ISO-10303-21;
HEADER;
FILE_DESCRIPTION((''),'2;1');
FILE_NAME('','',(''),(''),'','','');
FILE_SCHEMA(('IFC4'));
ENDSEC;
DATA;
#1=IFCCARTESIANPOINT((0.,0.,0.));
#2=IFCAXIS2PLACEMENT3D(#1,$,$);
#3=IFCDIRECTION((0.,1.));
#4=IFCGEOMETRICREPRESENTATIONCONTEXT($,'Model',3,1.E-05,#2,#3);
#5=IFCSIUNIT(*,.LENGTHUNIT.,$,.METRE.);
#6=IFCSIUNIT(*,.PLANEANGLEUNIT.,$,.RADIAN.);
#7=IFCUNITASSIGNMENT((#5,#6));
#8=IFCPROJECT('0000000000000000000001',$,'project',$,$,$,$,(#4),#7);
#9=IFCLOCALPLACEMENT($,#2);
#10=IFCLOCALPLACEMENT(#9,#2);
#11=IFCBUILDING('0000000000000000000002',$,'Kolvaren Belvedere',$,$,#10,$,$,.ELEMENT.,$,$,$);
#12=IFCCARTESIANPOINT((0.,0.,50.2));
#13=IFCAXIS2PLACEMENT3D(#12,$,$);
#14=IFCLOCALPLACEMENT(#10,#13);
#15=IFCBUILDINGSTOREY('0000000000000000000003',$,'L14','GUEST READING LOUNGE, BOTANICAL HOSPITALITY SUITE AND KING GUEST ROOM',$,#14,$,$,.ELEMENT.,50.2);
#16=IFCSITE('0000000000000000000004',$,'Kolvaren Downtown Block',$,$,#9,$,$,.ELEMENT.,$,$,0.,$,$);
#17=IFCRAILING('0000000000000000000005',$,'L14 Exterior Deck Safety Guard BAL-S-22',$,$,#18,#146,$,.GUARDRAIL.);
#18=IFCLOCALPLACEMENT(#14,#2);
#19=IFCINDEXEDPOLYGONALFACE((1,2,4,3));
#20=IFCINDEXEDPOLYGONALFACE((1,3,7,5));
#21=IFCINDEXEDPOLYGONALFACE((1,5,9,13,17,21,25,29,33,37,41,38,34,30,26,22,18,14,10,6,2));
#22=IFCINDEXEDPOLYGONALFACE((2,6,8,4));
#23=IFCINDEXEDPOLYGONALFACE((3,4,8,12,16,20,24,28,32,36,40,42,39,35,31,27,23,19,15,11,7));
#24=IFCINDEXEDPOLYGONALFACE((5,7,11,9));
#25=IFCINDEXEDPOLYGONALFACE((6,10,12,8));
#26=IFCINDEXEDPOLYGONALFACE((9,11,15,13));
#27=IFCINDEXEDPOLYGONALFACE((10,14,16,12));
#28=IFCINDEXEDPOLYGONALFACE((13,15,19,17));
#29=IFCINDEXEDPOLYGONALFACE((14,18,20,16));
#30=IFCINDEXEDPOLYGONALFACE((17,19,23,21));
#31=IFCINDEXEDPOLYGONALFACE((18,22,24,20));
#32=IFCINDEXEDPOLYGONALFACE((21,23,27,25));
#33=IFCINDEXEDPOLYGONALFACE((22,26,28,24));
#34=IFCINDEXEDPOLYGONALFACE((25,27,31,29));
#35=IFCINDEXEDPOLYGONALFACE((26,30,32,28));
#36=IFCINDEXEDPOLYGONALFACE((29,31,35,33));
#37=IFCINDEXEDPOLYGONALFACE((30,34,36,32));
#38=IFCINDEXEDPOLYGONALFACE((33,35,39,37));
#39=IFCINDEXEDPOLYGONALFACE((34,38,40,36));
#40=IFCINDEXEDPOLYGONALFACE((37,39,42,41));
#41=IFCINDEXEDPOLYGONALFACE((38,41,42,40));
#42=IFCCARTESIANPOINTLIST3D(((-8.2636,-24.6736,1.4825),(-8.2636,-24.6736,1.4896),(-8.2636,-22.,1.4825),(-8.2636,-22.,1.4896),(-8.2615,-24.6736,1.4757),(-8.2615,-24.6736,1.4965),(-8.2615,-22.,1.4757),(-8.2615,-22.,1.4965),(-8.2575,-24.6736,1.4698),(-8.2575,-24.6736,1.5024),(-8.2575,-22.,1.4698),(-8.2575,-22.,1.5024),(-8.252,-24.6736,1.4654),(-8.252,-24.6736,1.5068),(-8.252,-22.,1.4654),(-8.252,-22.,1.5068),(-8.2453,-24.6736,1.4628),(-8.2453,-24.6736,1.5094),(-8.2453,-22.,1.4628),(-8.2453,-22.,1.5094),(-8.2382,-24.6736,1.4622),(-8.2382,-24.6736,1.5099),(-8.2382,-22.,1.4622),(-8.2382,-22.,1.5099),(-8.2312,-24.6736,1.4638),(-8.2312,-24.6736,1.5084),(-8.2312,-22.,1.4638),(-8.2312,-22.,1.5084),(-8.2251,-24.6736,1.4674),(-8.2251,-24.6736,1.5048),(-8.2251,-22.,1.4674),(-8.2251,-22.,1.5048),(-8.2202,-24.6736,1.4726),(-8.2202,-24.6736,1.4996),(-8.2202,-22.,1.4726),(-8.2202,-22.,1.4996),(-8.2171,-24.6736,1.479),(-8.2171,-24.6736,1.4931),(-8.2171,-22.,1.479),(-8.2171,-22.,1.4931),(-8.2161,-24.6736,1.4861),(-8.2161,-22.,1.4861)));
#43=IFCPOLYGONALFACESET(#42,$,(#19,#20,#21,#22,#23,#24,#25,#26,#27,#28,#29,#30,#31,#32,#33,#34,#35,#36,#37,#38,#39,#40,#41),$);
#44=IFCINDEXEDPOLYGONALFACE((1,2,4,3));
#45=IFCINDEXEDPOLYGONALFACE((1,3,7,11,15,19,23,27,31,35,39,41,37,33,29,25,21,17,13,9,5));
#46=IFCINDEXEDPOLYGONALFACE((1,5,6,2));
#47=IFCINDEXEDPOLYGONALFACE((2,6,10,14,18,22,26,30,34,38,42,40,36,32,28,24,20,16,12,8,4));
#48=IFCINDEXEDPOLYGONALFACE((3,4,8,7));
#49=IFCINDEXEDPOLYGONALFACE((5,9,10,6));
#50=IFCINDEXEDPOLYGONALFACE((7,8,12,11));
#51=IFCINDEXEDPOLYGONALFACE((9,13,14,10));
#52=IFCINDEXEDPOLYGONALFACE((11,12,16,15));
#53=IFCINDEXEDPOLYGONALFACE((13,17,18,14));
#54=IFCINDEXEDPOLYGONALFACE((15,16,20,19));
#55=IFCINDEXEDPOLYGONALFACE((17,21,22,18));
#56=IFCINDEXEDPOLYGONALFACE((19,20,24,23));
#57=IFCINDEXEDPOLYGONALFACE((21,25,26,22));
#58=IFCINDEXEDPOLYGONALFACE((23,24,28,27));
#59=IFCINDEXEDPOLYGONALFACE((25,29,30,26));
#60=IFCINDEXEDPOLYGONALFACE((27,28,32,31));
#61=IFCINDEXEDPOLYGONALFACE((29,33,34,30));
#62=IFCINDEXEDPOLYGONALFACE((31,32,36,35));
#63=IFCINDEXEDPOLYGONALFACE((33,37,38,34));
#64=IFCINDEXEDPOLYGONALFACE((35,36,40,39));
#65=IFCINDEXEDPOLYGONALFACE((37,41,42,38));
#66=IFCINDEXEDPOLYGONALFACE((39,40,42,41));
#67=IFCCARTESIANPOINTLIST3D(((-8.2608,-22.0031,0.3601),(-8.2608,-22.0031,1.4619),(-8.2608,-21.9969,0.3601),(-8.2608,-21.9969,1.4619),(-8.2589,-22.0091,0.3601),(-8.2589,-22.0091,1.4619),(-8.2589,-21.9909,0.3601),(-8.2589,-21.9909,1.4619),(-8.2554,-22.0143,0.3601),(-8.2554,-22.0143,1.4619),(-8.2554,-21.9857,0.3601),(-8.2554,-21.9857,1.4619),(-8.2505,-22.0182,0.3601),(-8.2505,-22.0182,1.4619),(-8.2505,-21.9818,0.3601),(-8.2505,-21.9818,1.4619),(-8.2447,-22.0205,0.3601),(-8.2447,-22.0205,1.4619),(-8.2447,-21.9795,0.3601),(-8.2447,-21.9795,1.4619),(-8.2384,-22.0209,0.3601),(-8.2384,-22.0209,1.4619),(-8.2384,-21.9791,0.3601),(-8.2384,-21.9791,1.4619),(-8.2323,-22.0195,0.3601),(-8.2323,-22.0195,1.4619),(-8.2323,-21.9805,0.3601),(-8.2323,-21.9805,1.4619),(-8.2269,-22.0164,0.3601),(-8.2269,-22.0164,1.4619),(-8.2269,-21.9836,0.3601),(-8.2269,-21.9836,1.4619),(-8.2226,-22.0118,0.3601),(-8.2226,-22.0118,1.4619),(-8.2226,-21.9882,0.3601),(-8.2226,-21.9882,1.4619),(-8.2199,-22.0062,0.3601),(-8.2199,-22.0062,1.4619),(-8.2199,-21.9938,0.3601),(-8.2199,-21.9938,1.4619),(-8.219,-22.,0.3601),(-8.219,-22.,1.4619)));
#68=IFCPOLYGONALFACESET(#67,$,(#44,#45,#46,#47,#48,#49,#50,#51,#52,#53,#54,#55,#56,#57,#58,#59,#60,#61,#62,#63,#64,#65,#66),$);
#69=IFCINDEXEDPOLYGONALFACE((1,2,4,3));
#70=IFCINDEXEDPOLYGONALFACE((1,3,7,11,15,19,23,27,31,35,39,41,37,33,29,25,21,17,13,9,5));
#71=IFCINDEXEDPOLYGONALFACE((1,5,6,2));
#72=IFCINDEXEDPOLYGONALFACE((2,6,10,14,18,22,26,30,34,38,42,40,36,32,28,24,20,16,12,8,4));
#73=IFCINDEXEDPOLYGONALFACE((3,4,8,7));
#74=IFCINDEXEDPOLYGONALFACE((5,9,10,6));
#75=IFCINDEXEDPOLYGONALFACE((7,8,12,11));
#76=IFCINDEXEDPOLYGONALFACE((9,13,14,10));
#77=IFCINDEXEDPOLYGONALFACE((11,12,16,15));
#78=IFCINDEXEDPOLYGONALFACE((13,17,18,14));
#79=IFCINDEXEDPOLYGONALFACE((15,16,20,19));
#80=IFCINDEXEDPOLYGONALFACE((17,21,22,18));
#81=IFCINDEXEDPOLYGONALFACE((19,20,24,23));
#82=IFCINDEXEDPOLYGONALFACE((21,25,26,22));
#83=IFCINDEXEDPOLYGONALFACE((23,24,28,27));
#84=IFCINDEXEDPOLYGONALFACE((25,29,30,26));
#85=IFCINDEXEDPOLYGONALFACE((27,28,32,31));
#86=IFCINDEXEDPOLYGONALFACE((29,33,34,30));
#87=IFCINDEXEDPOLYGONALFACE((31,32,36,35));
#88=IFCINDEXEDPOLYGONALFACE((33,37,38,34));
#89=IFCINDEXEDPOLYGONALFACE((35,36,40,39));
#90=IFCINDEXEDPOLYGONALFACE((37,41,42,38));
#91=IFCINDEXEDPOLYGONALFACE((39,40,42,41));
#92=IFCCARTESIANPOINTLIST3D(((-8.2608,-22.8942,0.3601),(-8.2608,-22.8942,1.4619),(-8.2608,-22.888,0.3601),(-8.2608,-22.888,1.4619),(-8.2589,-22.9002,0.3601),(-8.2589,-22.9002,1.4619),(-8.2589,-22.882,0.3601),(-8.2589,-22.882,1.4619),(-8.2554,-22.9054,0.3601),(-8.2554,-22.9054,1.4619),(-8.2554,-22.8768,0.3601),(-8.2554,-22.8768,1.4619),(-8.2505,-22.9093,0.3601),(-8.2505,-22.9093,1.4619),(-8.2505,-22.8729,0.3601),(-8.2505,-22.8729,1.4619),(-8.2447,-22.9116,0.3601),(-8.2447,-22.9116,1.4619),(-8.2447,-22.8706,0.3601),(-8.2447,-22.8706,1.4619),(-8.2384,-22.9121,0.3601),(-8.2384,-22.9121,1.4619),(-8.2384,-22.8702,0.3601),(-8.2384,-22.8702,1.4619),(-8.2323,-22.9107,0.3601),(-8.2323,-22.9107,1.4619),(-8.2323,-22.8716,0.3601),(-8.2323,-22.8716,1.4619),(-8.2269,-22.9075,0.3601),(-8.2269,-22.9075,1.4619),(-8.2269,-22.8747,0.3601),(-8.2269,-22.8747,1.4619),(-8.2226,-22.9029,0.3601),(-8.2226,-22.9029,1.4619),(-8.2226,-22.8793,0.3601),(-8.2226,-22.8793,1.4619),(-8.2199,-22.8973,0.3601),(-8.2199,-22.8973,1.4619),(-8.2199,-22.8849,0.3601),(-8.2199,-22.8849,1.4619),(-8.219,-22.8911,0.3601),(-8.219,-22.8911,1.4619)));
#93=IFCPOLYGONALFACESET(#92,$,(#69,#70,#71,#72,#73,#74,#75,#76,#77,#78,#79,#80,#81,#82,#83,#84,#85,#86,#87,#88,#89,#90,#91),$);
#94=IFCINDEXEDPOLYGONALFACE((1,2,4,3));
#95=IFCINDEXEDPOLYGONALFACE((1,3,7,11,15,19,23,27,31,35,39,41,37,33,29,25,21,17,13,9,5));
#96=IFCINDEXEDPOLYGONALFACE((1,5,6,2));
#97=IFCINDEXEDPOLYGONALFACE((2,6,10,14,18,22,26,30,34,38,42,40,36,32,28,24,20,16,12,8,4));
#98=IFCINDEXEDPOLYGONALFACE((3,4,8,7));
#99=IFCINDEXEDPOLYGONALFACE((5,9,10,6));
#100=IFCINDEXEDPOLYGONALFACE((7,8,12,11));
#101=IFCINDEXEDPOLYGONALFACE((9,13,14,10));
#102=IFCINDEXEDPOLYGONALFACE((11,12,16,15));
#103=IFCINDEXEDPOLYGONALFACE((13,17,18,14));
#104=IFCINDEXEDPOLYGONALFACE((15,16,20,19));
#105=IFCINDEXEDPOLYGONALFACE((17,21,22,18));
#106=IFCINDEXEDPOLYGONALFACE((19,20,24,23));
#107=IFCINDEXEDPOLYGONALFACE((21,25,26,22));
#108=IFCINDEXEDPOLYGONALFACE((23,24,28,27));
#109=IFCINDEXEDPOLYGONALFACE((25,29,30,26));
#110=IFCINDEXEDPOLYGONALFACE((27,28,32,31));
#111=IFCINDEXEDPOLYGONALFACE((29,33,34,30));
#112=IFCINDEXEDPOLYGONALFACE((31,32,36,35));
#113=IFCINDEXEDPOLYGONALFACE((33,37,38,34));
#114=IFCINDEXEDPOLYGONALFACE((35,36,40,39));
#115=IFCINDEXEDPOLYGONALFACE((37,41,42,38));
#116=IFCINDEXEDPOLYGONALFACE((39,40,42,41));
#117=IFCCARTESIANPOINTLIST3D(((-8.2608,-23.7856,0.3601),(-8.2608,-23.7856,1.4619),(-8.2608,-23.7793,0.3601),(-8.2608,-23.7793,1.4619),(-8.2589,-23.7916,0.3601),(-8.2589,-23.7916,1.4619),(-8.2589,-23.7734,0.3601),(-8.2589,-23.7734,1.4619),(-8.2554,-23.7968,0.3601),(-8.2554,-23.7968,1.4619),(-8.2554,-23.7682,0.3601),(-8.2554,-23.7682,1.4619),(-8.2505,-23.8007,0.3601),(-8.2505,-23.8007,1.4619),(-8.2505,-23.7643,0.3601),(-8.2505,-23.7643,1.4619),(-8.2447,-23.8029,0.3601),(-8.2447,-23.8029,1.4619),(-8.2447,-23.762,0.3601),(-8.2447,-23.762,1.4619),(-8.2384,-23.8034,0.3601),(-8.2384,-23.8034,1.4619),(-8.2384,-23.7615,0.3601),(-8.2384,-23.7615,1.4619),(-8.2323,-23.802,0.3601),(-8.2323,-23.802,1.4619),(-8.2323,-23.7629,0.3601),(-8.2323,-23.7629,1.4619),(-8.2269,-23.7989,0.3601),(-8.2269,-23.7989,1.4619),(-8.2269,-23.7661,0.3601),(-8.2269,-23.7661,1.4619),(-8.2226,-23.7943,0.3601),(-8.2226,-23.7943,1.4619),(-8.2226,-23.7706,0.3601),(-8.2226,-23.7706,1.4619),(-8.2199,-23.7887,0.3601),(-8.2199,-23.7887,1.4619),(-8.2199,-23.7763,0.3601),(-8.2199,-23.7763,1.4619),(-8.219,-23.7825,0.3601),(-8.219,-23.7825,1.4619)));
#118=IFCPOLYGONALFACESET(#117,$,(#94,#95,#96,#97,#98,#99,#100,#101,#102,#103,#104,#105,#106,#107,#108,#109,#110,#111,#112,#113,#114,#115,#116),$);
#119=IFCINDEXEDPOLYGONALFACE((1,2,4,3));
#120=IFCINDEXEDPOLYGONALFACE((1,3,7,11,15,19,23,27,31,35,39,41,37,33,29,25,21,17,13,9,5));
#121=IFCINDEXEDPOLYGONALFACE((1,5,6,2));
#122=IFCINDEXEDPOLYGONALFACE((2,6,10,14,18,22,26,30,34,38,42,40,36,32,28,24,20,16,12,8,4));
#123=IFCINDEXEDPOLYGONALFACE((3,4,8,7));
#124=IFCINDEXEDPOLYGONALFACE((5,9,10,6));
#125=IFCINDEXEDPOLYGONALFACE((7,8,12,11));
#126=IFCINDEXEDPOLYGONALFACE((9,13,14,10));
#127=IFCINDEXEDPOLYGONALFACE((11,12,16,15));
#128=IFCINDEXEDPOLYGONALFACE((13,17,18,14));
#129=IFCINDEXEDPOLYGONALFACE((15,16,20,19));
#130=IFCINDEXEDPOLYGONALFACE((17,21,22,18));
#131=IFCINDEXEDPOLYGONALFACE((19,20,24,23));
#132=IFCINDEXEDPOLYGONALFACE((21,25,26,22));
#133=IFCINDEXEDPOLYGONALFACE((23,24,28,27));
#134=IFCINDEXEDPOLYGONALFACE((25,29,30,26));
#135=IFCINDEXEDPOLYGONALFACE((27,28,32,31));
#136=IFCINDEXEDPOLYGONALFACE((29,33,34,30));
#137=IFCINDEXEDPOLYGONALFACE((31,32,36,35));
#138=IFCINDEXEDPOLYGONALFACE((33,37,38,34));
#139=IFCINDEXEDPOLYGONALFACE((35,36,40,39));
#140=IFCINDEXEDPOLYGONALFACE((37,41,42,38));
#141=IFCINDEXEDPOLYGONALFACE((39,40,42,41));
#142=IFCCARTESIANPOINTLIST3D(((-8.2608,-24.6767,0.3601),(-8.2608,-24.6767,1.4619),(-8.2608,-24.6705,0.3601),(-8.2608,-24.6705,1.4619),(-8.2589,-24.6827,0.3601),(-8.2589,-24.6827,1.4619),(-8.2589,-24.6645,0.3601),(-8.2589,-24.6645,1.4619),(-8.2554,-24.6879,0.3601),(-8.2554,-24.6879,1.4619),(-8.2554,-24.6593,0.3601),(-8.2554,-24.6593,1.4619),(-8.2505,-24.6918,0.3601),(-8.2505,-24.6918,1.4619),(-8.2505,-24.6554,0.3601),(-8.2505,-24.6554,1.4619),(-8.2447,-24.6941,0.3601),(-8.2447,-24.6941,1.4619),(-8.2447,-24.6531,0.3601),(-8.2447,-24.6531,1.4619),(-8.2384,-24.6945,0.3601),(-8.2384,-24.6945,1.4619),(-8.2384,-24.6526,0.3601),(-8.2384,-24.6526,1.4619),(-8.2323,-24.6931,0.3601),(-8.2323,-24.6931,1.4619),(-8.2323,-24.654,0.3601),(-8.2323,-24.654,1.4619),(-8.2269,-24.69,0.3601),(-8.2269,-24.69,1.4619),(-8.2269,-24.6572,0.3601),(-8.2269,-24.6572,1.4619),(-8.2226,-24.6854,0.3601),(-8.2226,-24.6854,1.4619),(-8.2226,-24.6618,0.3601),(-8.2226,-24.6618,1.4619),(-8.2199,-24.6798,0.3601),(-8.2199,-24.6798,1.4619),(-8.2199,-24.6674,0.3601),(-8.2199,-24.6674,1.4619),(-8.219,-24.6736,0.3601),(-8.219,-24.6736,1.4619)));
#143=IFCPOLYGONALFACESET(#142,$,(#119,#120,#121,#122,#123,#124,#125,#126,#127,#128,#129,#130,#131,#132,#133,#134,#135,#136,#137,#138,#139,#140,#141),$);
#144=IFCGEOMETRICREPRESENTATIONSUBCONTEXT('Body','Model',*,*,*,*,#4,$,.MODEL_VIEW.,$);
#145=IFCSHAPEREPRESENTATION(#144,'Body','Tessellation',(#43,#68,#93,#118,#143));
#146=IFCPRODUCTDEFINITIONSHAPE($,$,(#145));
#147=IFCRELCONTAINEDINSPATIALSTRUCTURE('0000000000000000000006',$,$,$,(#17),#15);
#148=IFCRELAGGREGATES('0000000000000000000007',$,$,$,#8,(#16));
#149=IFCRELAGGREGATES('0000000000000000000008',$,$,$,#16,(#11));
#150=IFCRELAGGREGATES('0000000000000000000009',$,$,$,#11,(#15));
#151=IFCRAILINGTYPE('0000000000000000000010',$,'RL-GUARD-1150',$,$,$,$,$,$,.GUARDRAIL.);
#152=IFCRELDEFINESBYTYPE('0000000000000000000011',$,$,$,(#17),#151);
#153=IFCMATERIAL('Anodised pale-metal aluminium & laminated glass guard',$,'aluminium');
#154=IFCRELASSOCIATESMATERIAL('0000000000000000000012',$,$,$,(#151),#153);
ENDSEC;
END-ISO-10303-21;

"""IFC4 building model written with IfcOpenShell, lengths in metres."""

from ifc_helpers import new_model, si_unit, direction, frame, origin, origin_2d, place, context, subcontext, project, spatial, circle, extrude, material, type_object, element, save


model = new_model("IFC4")

# Units and contexts
model_context = context("Model", 3, precision=1e-05, world=origin(), true_north=direction((0.0, 1.0)))
body_context = subcontext(model_context, "Body", "Model", "MODEL_VIEW")
ifc_project = project(units=[si_unit("LENGTHUNIT", "METRE"), si_unit("PLANEANGLEUNIT", "RADIAN")], contexts=[model_context])

# Site, building, storey
site_placement = place(None, origin())
site = spatial("IfcSite", under=ifc_project, at=site_placement, Name="Kolvaren Downtown Block", CompositionType="ELEMENT", RefElevation=0.0)
building_placement = place(site_placement, origin())
building = spatial("IfcBuilding", under=site, at=building_placement, Name="Kolvaren Belvedere", CompositionType="ELEMENT")
storey_placement = place(building_placement, frame((0.0, 0.0, 50.2)))
storey = spatial("IfcBuildingStorey", under=building, at=storey_placement, Name="L14", Description="GUEST READING LOUNGE, BOTANICAL HOSPITALITY SUITE AND KING GUEST ROOM", CompositionType="ELEMENT", Elevation=50.2)

# Railing
ifc_material_1 = material(Name="Anodised pale-metal aluminium & laminated glass guard", Category="aluminium")
railing_type = type_object("IfcRailingType", Name="RL-GUARD-1150", PredefinedType="GUARDRAIL", material=ifc_material_1)
railing_1_placement = place(storey_placement, frame((-8.24, -22.0, 0.3601)))
element("IfcRailing", 1, at=railing_1_placement, inside=storey, type_object=railing_type, Name="L14 Exterior Deck Safety Guard BAL-S-22", PredefinedType="GUARDRAIL", context=body_context, shape_type="SweptSolid", body=[
    extrude(circle(Radius=0.0239, at=origin_2d()), frame((0.0, 0.0, 1.126), z_axis=(0.0, -1.0, 0.0), x_axis=(1.0, 0.0, 0.0)), (0.0, 0.0, 1.0), 2.6736),
    extrude(circle(Radius=0.021, at=origin_2d()), origin(), (0.0, 0.0, 1.0), 1.1018),
    extrude(circle(Radius=0.021, at=origin_2d()), frame((0.0, -0.8911, 0.0)), (0.0, 0.0, 1.0), 1.1018),
    extrude(circle(Radius=0.021, at=origin_2d()), frame((0.0, -1.7825, 0.0)), (0.0, 0.0, 1.0), 1.1018),
    extrude(circle(Radius=0.021, at=origin_2d()), frame((0.0, -2.6736, 0.0)), (0.0, 0.0, 1.0), 1.1018),
])

save(model, "model.ifc")
